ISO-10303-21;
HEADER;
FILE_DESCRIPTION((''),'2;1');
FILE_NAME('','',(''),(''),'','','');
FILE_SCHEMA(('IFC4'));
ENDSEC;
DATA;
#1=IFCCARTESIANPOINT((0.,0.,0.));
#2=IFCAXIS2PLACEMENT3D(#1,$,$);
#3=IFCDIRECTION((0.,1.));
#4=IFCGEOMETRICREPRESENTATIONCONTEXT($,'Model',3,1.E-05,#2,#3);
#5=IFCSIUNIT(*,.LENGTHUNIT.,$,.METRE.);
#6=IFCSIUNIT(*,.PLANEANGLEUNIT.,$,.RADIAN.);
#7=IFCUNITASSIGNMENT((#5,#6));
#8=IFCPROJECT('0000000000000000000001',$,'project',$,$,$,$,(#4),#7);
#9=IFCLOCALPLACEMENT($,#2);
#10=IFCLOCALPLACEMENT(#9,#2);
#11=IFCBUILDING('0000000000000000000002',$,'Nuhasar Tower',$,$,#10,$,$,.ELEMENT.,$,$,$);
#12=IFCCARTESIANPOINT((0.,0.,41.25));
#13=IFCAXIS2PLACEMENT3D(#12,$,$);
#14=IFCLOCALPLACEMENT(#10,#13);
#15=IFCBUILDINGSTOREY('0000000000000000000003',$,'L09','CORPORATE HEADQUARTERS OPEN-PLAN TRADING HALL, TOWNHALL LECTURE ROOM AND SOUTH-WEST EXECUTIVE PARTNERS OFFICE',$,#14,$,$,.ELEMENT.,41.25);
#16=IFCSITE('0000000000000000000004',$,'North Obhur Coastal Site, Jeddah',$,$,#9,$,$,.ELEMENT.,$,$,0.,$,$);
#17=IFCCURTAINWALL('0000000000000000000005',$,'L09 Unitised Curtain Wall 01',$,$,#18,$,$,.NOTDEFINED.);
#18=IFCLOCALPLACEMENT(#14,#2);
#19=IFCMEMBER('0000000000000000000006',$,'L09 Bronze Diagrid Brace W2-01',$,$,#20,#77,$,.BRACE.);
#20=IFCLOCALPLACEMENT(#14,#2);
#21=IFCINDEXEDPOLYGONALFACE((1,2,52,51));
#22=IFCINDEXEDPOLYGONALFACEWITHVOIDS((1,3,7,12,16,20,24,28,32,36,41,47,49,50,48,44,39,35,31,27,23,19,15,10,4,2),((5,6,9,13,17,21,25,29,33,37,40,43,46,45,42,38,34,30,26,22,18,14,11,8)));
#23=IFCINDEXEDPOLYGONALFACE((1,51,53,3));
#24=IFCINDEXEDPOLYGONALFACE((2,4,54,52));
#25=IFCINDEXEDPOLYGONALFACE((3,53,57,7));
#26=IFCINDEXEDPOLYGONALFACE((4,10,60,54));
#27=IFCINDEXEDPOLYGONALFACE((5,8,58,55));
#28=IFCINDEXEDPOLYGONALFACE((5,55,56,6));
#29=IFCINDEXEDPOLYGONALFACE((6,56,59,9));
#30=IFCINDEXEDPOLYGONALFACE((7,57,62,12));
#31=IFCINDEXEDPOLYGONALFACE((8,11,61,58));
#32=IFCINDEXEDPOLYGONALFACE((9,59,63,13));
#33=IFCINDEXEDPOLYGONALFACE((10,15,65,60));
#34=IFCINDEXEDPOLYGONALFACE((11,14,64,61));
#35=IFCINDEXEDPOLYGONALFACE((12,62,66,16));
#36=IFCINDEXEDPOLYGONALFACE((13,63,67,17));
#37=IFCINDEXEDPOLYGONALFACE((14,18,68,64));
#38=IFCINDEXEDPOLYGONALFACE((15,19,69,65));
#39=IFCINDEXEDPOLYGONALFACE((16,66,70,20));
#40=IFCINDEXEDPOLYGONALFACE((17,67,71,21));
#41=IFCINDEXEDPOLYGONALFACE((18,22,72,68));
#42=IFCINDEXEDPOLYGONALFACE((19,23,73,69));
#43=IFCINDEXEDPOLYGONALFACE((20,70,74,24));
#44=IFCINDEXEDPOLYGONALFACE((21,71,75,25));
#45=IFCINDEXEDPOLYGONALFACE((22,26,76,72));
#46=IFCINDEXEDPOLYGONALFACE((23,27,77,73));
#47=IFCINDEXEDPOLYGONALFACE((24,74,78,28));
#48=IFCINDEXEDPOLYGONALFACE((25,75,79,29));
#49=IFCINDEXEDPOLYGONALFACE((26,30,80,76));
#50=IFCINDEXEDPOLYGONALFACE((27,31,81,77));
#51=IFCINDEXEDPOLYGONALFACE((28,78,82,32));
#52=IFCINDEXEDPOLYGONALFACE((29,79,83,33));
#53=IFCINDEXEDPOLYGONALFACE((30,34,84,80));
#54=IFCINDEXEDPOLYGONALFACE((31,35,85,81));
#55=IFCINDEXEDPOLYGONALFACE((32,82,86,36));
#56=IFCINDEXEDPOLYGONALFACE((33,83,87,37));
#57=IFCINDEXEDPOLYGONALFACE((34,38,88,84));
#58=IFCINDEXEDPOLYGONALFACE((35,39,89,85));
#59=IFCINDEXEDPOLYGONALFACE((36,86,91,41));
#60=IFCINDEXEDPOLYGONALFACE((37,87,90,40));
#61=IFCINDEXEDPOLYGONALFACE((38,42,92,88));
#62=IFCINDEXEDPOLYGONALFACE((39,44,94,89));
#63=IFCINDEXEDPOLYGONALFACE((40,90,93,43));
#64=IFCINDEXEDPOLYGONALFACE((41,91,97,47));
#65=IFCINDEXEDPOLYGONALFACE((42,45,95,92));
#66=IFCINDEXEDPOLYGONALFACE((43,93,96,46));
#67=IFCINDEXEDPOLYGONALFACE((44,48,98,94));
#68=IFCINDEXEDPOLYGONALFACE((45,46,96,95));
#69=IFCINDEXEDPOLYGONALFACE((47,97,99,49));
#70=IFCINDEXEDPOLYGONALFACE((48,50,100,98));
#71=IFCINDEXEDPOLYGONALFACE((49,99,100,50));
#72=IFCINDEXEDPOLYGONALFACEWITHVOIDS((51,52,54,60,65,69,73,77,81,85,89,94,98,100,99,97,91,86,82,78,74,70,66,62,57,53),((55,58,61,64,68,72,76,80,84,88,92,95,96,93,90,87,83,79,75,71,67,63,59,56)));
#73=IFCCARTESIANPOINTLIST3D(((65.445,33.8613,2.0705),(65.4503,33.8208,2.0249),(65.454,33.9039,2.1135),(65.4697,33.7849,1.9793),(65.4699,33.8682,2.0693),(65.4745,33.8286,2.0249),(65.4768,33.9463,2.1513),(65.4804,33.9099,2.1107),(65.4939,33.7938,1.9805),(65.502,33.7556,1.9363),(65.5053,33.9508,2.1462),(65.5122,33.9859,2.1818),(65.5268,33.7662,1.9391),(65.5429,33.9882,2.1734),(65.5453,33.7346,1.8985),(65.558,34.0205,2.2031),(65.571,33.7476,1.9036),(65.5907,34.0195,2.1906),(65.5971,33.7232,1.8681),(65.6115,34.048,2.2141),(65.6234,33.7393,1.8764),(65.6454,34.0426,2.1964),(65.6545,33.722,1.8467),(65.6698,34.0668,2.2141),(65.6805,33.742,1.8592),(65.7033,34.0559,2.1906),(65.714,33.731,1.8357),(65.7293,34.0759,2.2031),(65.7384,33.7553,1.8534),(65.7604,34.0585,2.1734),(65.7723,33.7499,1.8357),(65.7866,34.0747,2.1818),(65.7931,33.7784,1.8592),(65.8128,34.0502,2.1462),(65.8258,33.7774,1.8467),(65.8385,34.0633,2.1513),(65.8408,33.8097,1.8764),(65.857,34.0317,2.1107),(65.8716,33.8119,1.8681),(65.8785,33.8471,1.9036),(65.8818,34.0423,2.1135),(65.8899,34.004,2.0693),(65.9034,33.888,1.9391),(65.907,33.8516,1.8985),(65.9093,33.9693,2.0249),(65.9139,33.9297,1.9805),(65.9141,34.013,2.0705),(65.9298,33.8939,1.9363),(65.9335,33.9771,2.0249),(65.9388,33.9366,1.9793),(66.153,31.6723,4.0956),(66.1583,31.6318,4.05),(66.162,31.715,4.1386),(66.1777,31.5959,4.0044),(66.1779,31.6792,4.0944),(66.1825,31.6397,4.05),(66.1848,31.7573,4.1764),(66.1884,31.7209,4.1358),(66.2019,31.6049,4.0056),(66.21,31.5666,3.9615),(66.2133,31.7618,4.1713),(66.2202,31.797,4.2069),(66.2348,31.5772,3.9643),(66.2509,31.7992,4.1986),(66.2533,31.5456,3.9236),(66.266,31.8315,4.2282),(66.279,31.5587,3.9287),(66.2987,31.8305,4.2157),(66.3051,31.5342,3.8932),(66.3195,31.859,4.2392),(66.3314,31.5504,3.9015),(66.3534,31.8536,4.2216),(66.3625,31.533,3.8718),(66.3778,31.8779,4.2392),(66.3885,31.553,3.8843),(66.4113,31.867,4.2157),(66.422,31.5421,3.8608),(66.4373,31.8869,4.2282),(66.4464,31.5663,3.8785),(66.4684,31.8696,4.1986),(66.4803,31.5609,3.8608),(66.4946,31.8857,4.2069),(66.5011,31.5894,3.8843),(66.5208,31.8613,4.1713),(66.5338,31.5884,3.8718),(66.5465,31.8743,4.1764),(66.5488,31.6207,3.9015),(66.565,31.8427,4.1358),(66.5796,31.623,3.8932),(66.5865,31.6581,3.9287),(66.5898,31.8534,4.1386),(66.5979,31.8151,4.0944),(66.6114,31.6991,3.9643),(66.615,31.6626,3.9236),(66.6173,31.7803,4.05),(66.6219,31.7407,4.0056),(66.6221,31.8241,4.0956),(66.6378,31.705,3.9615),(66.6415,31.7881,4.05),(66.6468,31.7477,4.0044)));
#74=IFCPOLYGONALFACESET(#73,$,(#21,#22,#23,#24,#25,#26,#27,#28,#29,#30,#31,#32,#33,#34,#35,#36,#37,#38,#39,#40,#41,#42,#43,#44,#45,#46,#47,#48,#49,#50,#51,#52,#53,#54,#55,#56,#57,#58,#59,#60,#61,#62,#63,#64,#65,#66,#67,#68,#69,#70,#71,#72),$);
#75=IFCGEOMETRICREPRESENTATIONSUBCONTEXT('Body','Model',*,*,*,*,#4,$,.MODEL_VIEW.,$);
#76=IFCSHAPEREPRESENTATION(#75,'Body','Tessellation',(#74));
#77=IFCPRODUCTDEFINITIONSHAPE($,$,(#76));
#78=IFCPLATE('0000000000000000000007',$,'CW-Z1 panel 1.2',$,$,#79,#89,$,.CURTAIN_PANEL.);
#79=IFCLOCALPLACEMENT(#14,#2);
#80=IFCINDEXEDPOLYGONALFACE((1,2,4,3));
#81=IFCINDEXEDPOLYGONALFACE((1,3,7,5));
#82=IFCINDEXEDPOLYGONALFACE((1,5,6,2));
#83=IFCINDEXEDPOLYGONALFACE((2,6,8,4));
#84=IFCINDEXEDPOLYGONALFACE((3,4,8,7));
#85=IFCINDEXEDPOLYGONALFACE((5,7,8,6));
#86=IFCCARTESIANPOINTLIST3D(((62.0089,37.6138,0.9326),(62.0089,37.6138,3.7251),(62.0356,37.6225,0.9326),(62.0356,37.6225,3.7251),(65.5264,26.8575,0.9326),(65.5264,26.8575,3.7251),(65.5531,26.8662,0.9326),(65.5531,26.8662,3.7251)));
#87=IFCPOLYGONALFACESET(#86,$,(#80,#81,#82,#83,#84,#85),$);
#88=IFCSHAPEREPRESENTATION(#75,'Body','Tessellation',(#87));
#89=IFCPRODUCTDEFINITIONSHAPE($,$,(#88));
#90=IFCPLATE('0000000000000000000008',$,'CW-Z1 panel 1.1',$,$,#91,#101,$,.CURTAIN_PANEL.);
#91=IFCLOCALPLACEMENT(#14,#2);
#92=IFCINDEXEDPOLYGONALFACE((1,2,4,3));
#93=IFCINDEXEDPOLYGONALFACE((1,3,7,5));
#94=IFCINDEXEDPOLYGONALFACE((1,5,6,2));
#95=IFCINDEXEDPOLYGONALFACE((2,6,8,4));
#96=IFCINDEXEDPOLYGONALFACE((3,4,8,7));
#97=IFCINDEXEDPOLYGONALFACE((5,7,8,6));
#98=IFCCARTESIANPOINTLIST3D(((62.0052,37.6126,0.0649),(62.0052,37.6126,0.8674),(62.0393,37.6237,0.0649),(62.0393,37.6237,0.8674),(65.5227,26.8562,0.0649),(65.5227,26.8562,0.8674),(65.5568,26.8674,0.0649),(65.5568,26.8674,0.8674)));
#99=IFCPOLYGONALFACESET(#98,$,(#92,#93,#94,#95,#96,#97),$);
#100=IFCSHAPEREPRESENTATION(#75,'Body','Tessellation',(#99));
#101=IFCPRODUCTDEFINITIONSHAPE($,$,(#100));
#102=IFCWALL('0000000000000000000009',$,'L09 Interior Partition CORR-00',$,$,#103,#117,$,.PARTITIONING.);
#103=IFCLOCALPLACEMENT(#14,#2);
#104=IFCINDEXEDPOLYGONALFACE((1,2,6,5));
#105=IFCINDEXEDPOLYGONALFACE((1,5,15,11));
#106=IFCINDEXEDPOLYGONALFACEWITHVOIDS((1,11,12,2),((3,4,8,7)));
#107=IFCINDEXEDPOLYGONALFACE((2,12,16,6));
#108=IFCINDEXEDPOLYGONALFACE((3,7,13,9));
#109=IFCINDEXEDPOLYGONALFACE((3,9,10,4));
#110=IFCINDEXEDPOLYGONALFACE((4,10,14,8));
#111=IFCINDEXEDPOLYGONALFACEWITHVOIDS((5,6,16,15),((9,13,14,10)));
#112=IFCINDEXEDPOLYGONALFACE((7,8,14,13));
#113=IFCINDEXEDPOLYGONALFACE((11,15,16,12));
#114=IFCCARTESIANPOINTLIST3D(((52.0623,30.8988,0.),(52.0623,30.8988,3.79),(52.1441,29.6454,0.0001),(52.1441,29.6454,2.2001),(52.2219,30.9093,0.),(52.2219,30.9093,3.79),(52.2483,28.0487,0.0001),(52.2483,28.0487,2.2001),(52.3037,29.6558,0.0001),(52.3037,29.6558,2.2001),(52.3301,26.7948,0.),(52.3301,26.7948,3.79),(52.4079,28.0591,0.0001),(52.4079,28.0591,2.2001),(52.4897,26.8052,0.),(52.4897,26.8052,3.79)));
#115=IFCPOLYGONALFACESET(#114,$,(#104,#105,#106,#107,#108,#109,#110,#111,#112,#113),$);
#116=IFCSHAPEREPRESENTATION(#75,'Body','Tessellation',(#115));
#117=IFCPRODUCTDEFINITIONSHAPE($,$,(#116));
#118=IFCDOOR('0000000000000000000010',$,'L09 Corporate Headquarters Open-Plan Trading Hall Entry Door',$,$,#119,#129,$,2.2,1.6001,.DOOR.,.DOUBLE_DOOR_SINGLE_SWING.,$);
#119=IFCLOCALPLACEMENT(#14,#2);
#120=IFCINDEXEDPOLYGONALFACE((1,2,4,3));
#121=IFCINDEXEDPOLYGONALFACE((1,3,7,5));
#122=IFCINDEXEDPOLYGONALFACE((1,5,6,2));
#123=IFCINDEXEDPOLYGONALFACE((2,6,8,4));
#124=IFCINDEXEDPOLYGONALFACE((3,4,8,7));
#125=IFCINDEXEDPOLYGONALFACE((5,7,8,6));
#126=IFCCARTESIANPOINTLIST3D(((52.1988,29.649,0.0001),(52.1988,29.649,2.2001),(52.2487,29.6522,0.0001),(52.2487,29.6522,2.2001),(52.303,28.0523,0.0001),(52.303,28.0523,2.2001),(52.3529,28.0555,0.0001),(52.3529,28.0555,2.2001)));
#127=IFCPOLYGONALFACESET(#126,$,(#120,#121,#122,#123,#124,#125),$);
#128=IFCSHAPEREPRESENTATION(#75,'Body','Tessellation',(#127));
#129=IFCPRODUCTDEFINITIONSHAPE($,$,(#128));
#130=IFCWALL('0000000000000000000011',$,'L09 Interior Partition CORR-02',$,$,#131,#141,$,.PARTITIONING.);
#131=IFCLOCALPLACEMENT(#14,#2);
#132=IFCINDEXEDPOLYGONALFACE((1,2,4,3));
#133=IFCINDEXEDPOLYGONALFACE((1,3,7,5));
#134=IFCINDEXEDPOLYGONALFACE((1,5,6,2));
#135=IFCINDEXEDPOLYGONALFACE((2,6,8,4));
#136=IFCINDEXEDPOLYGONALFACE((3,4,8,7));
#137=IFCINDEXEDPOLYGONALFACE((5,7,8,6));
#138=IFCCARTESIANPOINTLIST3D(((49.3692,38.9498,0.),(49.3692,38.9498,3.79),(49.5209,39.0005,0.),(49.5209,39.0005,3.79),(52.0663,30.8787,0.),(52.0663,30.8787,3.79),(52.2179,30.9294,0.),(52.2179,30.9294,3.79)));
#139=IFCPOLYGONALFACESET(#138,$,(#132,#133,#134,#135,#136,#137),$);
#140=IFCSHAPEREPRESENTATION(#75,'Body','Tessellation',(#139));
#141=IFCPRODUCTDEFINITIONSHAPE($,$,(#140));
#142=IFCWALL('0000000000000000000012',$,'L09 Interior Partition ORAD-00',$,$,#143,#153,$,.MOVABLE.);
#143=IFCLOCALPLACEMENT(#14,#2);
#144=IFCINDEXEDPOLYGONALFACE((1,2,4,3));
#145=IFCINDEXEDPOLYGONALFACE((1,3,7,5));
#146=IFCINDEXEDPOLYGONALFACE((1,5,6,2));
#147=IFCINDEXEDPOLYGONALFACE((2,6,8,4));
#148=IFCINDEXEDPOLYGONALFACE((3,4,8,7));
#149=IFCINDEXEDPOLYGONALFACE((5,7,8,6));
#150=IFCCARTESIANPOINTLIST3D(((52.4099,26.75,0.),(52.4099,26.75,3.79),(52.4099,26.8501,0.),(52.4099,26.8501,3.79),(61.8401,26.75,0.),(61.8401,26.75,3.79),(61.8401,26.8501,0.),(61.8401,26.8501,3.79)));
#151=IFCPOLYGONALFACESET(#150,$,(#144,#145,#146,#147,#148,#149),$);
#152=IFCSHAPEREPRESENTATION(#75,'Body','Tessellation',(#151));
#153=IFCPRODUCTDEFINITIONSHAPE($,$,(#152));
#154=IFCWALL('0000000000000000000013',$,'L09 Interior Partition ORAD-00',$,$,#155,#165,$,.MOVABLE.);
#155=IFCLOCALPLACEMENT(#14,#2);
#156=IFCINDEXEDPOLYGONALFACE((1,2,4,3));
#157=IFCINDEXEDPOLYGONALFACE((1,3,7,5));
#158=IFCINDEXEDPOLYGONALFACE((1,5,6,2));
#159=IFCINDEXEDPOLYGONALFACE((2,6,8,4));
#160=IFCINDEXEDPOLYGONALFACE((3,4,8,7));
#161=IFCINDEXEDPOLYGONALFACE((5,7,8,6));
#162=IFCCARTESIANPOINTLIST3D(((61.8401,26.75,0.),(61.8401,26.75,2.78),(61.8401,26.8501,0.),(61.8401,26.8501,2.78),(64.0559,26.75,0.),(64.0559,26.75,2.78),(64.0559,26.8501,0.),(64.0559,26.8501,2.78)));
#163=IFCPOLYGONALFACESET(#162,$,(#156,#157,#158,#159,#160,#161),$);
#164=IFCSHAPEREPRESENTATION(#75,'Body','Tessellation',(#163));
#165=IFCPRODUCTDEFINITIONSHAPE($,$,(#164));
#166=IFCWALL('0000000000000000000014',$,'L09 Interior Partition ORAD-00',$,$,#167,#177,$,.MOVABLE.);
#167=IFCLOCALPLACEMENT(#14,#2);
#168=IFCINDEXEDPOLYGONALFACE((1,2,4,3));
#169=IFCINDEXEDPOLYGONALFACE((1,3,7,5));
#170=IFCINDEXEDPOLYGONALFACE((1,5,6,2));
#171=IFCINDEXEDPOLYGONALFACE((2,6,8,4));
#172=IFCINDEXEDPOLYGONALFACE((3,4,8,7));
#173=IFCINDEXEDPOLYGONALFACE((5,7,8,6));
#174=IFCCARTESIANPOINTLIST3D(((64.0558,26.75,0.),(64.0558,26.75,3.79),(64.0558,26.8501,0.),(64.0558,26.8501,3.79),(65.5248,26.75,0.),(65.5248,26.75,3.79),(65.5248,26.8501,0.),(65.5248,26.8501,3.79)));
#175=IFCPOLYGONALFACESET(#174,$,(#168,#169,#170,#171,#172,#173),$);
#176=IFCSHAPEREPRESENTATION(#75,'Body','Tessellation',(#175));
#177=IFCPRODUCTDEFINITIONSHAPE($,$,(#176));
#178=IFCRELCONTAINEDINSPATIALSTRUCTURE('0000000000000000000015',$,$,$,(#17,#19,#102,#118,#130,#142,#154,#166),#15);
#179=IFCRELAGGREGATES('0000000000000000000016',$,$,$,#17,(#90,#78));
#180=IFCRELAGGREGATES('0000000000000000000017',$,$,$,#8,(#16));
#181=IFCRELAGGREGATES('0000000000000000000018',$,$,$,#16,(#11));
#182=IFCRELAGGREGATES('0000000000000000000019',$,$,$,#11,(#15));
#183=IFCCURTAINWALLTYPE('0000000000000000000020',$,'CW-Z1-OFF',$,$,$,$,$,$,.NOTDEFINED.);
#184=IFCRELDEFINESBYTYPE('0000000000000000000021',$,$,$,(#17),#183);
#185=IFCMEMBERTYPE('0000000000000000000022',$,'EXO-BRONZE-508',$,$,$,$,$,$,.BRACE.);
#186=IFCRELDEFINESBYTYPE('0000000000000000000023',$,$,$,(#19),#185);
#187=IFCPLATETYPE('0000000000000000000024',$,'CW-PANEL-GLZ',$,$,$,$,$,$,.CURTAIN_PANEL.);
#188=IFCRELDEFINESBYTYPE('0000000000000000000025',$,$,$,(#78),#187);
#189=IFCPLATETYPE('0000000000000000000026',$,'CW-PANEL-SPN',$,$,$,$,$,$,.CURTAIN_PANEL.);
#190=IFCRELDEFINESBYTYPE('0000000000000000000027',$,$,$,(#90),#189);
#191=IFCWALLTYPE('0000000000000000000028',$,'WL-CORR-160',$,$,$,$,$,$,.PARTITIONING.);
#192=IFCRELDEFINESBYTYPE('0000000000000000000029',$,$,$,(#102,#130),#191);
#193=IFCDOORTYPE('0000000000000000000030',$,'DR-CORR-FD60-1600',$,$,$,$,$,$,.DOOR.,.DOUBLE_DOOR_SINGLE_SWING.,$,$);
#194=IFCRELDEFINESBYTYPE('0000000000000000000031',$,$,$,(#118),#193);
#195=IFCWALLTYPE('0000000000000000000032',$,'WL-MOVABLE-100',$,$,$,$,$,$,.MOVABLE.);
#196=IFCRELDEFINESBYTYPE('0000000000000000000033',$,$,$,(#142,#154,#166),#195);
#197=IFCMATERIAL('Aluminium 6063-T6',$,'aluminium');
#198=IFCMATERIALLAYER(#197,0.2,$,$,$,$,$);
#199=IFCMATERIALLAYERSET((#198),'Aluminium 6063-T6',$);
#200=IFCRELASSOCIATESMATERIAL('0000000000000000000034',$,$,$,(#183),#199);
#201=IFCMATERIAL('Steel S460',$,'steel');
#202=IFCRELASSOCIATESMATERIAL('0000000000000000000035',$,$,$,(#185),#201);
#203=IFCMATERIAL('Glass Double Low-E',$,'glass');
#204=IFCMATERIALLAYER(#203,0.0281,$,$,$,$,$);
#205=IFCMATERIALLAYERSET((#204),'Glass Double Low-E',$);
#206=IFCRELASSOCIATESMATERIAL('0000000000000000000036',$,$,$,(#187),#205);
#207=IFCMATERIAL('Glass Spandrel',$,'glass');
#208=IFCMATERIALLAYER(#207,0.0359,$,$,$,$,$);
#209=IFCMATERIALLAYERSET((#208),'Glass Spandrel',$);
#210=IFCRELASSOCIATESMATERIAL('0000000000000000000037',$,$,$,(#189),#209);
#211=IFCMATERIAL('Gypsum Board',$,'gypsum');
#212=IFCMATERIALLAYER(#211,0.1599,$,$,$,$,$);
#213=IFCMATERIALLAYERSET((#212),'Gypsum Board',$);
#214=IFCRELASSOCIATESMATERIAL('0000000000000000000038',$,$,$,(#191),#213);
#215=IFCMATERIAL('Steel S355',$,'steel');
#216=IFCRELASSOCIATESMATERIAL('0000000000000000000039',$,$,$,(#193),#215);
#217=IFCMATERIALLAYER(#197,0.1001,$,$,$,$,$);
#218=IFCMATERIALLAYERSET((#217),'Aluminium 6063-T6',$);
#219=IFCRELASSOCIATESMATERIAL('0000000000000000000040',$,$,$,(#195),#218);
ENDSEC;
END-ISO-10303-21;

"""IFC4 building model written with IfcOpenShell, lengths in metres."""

from ifc_helpers import new_model, si_unit, direction, frame, frame_2d, origin, origin_2d, place, context, subcontext, project, spatial, rectangle, hollow_circle, extrude, material, layer, layer_set, material_profile, profile_set, type_object, element, fill, aggregate, save


model = new_model("IFC4")

# Units and contexts
model_context = context("Model", 3, precision=1e-05, world=origin(), true_north=direction((0.0, 1.0)))
body_context = subcontext(model_context, "Body", "Model", "MODEL_VIEW")
ifc_project = project(units=[si_unit("LENGTHUNIT", "METRE"), si_unit("PLANEANGLEUNIT", "RADIAN")], contexts=[model_context])

# Site, building, storey
site_placement = place(None, origin())
site = spatial("IfcSite", under=ifc_project, at=site_placement, Name="North Obhur Coastal Site, Jeddah", CompositionType="ELEMENT", RefElevation=0.0)
building_placement = place(site_placement, origin())
building = spatial("IfcBuilding", under=site, at=building_placement, Name="Nuhasar Tower", CompositionType="ELEMENT")
storey_placement = place(building_placement, frame((0.0, 0.0, 41.25)))
storey = spatial("IfcBuildingStorey", under=building, at=storey_placement, Name="L09", Description="CORPORATE HEADQUARTERS OPEN-PLAN TRADING HALL, TOWNHALL LECTURE ROOM AND SOUTH-WEST EXECUTIVE PARTNERS OFFICE", CompositionType="ELEMENT", Elevation=41.25)

# Shared definitions
ifc_material_1 = material(Name="Steel S355", Category="steel")

# Curtain wall
ifc_material_2 = material(Name="Aluminium 6063-T6", Category="aluminium")
ifc_layer_1 = layer(ifc_material_2, 0.2)
ifc_layer_set_1 = layer_set([ifc_layer_1], Name="Aluminium 6063-T6")
curtain_wall_type = type_object("IfcCurtainWallType", Name="CW-Z1-OFF", PredefinedType="NOTDEFINED", material=ifc_layer_set_1)
curtain_wall_1_placement = place(storey_placement, origin())
curtain_wall_1 = element("IfcCurtainWall", 1, at=curtain_wall_1_placement, inside=storey, type_object=curtain_wall_type, Name="L09 Unitised Curtain Wall 01", PredefinedType="NOTDEFINED")

# Member
ifc_material_3 = material(Name="Steel S460", Category="steel")
ifc_material_profile_1 = material_profile(ifc_material_3, hollow_circle(Radius=0.2539, WallThickness=0.0254, at=origin_2d()), Name="HSS508X25.4")
ifc_profile_set_1 = profile_set([ifc_material_profile_1], Name="Steel S460")
member_type_1 = type_object("IfcMemberType", Name="EXO-BRONZE-508", PredefinedType="BRACE", material=ifc_profile_set_1)
member_1_placement = place(storey_placement, frame((65.6919, 33.8989, 2.0249), z_axis=(0.231, -0.714187, 0.660739), x_axis=(0.951468, 0.307747, 0.0)))
element("IfcMember", 2, at=member_1_placement, inside=storey, type_object=member_type_1, Name="L09 Bronze Diagrid Brace W2-01", PredefinedType="BRACE", context=body_context, shape_type="SweptSolid", body=[
    extrude(hollow_circle(Radius=0.2539, WallThickness=0.0254, at=origin_2d()), origin(), (0.0, 0.0, 1.0), 3.0649),
])

# Plates
ifc_material_4 = material(Name="Glass Double Low-E", Category="glass")
ifc_layer_2 = layer(ifc_material_4, 0.0281)
ifc_layer_set_2 = layer_set([ifc_layer_2], Name="Glass Double Low-E")
plate_type_1 = type_object("IfcPlateType", Name="CW-PANEL-GLZ", PredefinedType="CURTAIN_PANEL", material=ifc_layer_set_2)
plate_1_placement = place(storey_placement, frame((63.781, 32.24, 0.9326), z_axis=(0.0, 0.0, 1.0), x_axis=(-0.310824, 0.950468, 0.0)))
plate_1 = element("IfcPlate", 3, at=plate_1_placement, type_object=plate_type_1, Name="CW-Z1 panel 1.2", PredefinedType="CURTAIN_PANEL", context=body_context, shape_type="SweptSolid", body=[
    extrude(rectangle(XDim=11.3169, YDim=0.0281, at=origin_2d()), origin(), (0.0, 0.0, 1.0), 2.7925),
])
ifc_material_5 = material(Name="Glass Spandrel", Category="glass")
ifc_layer_3 = layer(ifc_material_5, 0.0359)
ifc_layer_set_3 = layer_set([ifc_layer_3], Name="Glass Spandrel")
plate_type_2 = type_object("IfcPlateType", Name="CW-PANEL-SPN", PredefinedType="CURTAIN_PANEL", material=ifc_layer_set_3)
plate_2_placement = place(storey_placement, frame((63.781, 32.24, 0.0649), z_axis=(0.0, 0.0, 1.0), x_axis=(-0.310824, 0.950468, 0.0)))
plate_2 = element("IfcPlate", 4, at=plate_2_placement, type_object=plate_type_2, Name="CW-Z1 panel 1.1", PredefinedType="CURTAIN_PANEL", context=body_context, shape_type="SweptSolid", body=[
    extrude(rectangle(XDim=11.3169, YDim=0.0359, at=origin_2d()), origin(), (0.0, 0.0, 1.0), 0.8025),
])
aggregate(curtain_wall_1, [plate_2, plate_1])

# Wall, opening, door
ifc_material_6 = material(Name="Gypsum Board", Category="gypsum")
ifc_layer_4 = layer(ifc_material_6, 0.1599)
ifc_layer_set_4 = layer_set([ifc_layer_4], Name="Gypsum Board")
wall_type_1 = type_object("IfcWallType", Name="WL-CORR-160", PredefinedType="PARTITIONING", material=ifc_layer_set_4)
wall_1_placement = place(storey_placement, frame((52.1421, 30.9041, 0.0), z_axis=(0.0, 0.0, 1.0), x_axis=(0.06512, -0.997877, 0.0)))
wall_1 = element("IfcWall", 5, at=wall_1_placement, inside=storey, type_object=wall_type_1, Name="L09 Interior Partition CORR-00", PredefinedType="PARTITIONING", context=body_context, shape_type="SweptSolid", body=[
    extrude(rectangle(XDim=4.1128, YDim=0.1599, at=frame_2d((2.0564, 0.0))), origin(), (0.0, 0.0, 1.0), 3.79),
])
opening_placement = place(wall_1_placement, frame((1.2561, 0.0, 0.0)))
opening = element("IfcOpeningElement", 6, at=opening_placement, cuts=wall_1, PredefinedType="OPENING", context=body_context, shape_type="SweptSolid", body=[
    extrude(rectangle(XDim=1.6001, YDim=2.2, at=frame_2d((0.8, 1.1001))), frame((0.0, 0.0898, 0.0), z_axis=(0.0, -1.0, 0.0), x_axis=(1.0, 0.0, 0.0)), (0.0, 0.0, 1.0), 0.1799),
])
door_type = type_object("IfcDoorType", Name="DR-CORR-FD60-1600", OperationType="DOUBLE_DOOR_SINGLE_SWING", PredefinedType="DOOR", material=ifc_material_1)
door_placement = place(opening_placement, origin())
door = element("IfcDoor", 7, at=door_placement, inside=storey, type_object=door_type, Name="L09 Corporate Headquarters Open-Plan Trading Hall Entry Door", OperationType="DOUBLE_DOOR_SINGLE_SWING", OverallHeight=2.2, OverallWidth=1.6001, PredefinedType="DOOR", context=body_context, shape_type="SweptSolid", body=[
    extrude(rectangle(XDim=1.6001, YDim=2.2, at=frame_2d((0.8, 1.1001))), frame((0.0, 0.0249, 0.0), z_axis=(0.0, -1.0, 0.0), x_axis=(1.0, 0.0, 0.0)), (0.0, 0.0, 1.0), 0.05),
])
fill(opening, door)

# Walls
wall_2_placement = place(storey_placement, frame((52.1421, 30.9041, 0.0), z_axis=(0.0, 0.0, 1.0), x_axis=(-0.316933, 0.948448, 0.0)))
element("IfcWall", 8, at=wall_2_placement, inside=storey, type_object=wall_type_1, Name="L09 Interior Partition CORR-02", PredefinedType="PARTITIONING", context=body_context, shape_type="SweptSolid", body=[
    extrude(rectangle(XDim=8.5098, YDim=0.1599, at=frame_2d((4.2549, 0.0))), origin(), (0.0, 0.0, 1.0), 3.79),
])
ifc_layer_5 = layer(ifc_material_2, 0.1001)
ifc_layer_set_5 = layer_set([ifc_layer_5], Name="Aluminium 6063-T6")
wall_type_2 = type_object("IfcWallType", Name="WL-MOVABLE-100", PredefinedType="MOVABLE", material=ifc_layer_set_5)
wall_3_placement = place(storey_placement, frame((52.4099, 26.8, 0.0), z_axis=(0.0, 0.0, 1.0), x_axis=(1.0, 0.0, 0.0)))
element("IfcWall", 9, at=wall_3_placement, inside=storey, type_object=wall_type_2, Name="L09 Interior Partition ORAD-00", PredefinedType="MOVABLE", context=body_context, shape_type="SweptSolid", body=[
    extrude(rectangle(XDim=9.4302, YDim=0.1001, at=frame_2d((4.7151, 0.0))), origin(), (0.0, 0.0, 1.0), 3.79),
])
wall_4_placement = place(storey_placement, frame((61.8401, 26.8, 0.0), z_axis=(0.0, 0.0, 1.0), x_axis=(1.0, 0.0, 0.0)))
element("IfcWall", 10, at=wall_4_placement, inside=storey, type_object=wall_type_2, Name="L09 Interior Partition ORAD-00", PredefinedType="MOVABLE", context=body_context, shape_type="SweptSolid", body=[
    extrude(rectangle(XDim=2.2158, YDim=0.1001, at=frame_2d((1.1079, 0.0))), origin(), (0.0, 0.0, 1.0), 2.78),
])
wall_5_placement = place(storey_placement, frame((64.0559, 26.8, 0.0), z_axis=(0.0, 0.0, 1.0), x_axis=(1.0, 0.0, 0.0)))
element("IfcWall", 11, at=wall_5_placement, inside=storey, type_object=wall_type_2, Name="L09 Interior Partition ORAD-00", PredefinedType="MOVABLE", context=body_context, shape_type="SweptSolid", body=[
    extrude(rectangle(XDim=1.469, YDim=0.1001, at=frame_2d((0.7344, 0.0))), origin(), (0.0, 0.0, 1.0), 3.79),
])

save(model, "model.ifc")
